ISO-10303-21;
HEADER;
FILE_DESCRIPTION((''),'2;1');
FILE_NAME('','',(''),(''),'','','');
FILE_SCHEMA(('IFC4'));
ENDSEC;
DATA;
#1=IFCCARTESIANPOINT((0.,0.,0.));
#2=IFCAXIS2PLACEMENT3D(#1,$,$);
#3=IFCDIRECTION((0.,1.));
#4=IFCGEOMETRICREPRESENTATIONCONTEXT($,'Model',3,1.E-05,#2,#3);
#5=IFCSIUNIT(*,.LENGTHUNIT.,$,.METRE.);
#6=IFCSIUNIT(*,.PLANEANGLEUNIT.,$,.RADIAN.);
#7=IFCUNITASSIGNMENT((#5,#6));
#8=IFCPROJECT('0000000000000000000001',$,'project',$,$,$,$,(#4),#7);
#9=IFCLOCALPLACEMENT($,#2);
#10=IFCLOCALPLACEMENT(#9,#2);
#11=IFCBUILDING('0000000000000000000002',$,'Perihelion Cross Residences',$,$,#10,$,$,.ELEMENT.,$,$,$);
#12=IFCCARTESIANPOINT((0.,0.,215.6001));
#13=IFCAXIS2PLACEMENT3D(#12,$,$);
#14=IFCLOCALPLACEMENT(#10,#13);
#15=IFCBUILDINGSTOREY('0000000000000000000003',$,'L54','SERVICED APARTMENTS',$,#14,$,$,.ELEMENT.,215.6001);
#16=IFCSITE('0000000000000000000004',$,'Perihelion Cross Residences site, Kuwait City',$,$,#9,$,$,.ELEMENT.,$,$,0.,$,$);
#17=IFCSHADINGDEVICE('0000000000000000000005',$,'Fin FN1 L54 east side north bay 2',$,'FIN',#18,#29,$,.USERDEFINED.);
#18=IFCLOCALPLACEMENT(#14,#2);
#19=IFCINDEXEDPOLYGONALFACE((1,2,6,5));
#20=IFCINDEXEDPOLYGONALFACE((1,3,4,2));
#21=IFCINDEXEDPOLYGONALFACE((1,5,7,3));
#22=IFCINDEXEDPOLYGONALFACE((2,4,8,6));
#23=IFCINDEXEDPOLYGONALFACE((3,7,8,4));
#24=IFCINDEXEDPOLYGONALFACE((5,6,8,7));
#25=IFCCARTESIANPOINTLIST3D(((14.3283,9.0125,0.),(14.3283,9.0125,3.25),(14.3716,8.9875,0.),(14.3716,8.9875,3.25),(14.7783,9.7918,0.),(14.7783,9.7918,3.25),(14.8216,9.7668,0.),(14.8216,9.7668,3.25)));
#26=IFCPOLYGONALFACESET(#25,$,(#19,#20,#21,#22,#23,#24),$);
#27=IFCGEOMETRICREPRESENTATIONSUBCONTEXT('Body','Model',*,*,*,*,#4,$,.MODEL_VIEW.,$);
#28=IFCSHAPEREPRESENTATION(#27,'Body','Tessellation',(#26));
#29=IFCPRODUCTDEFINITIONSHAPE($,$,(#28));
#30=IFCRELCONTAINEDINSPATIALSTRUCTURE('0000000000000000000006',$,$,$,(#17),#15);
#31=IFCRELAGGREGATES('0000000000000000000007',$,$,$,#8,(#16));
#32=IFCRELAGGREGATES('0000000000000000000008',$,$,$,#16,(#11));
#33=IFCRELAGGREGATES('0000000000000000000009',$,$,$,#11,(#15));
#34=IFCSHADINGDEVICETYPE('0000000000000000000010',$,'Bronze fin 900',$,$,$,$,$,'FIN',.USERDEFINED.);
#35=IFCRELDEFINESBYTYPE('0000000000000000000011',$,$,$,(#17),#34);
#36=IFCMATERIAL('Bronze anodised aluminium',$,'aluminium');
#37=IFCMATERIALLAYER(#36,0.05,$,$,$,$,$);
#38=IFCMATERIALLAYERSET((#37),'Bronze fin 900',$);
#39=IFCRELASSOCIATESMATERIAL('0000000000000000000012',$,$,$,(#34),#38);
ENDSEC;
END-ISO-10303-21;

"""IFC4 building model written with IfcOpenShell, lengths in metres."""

from ifc_helpers import new_model, si_unit, direction, frame, origin, origin_2d, place, context, subcontext, project, spatial, rectangle, extrude, material, layer, layer_set, type_object, element, save


model = new_model("IFC4")

# Units and contexts
model_context = context("Model", 3, precision=1e-05, world=origin(), true_north=direction((0.0, 1.0)))
body_context = subcontext(model_context, "Body", "Model", "MODEL_VIEW")
ifc_project = project(units=[si_unit("LENGTHUNIT", "METRE"), si_unit("PLANEANGLEUNIT", "RADIAN")], contexts=[model_context])

# Site, building, storey
site_placement = place(None, origin())
site = spatial("IfcSite", under=ifc_project, at=site_placement, Name="Perihelion Cross Residences site, Kuwait City", CompositionType="ELEMENT", RefElevation=0.0)
building_placement = place(site_placement, origin())
building = spatial("IfcBuilding", under=site, at=building_placement, Name="Perihelion Cross Residences", CompositionType="ELEMENT")
storey_placement = place(building_placement, frame((0.0, 0.0, 215.6001)))
storey = spatial("IfcBuildingStorey", under=building, at=storey_placement, Name="L54", Description="SERVICED APARTMENTS", CompositionType="ELEMENT", Elevation=215.6001)

# Shading device
ifc_material_1 = material(Name="Bronze anodised aluminium", Category="aluminium")
ifc_layer_1 = layer(ifc_material_1, 0.05)
ifc_layer_set_1 = layer_set([ifc_layer_1], Name="Bronze fin 900")
shading_device_type = type_object("IfcShadingDeviceType", Name="Bronze fin 900", ElementType="FIN", PredefinedType="USERDEFINED", material=ifc_layer_set_1)
shading_device_placement = place(storey_placement, frame((14.575, 9.3896, 0.0), z_axis=(0.0, 0.0, 1.0), x_axis=(0.5, 0.866025, 0.0)))
element("IfcShadingDevice", 1, at=shading_device_placement, inside=storey, type_object=shading_device_type, Name="Fin FN1 L54 east side north bay 2", ObjectType="FIN", PredefinedType="USERDEFINED", context=body_context, shape_type="SweptSolid", body=[
    extrude(rectangle(XDim=0.8999, YDim=0.05, at=origin_2d()), origin(), (0.0, 0.0, 1.0), 3.25),
])

save(model, "model.ifc")
